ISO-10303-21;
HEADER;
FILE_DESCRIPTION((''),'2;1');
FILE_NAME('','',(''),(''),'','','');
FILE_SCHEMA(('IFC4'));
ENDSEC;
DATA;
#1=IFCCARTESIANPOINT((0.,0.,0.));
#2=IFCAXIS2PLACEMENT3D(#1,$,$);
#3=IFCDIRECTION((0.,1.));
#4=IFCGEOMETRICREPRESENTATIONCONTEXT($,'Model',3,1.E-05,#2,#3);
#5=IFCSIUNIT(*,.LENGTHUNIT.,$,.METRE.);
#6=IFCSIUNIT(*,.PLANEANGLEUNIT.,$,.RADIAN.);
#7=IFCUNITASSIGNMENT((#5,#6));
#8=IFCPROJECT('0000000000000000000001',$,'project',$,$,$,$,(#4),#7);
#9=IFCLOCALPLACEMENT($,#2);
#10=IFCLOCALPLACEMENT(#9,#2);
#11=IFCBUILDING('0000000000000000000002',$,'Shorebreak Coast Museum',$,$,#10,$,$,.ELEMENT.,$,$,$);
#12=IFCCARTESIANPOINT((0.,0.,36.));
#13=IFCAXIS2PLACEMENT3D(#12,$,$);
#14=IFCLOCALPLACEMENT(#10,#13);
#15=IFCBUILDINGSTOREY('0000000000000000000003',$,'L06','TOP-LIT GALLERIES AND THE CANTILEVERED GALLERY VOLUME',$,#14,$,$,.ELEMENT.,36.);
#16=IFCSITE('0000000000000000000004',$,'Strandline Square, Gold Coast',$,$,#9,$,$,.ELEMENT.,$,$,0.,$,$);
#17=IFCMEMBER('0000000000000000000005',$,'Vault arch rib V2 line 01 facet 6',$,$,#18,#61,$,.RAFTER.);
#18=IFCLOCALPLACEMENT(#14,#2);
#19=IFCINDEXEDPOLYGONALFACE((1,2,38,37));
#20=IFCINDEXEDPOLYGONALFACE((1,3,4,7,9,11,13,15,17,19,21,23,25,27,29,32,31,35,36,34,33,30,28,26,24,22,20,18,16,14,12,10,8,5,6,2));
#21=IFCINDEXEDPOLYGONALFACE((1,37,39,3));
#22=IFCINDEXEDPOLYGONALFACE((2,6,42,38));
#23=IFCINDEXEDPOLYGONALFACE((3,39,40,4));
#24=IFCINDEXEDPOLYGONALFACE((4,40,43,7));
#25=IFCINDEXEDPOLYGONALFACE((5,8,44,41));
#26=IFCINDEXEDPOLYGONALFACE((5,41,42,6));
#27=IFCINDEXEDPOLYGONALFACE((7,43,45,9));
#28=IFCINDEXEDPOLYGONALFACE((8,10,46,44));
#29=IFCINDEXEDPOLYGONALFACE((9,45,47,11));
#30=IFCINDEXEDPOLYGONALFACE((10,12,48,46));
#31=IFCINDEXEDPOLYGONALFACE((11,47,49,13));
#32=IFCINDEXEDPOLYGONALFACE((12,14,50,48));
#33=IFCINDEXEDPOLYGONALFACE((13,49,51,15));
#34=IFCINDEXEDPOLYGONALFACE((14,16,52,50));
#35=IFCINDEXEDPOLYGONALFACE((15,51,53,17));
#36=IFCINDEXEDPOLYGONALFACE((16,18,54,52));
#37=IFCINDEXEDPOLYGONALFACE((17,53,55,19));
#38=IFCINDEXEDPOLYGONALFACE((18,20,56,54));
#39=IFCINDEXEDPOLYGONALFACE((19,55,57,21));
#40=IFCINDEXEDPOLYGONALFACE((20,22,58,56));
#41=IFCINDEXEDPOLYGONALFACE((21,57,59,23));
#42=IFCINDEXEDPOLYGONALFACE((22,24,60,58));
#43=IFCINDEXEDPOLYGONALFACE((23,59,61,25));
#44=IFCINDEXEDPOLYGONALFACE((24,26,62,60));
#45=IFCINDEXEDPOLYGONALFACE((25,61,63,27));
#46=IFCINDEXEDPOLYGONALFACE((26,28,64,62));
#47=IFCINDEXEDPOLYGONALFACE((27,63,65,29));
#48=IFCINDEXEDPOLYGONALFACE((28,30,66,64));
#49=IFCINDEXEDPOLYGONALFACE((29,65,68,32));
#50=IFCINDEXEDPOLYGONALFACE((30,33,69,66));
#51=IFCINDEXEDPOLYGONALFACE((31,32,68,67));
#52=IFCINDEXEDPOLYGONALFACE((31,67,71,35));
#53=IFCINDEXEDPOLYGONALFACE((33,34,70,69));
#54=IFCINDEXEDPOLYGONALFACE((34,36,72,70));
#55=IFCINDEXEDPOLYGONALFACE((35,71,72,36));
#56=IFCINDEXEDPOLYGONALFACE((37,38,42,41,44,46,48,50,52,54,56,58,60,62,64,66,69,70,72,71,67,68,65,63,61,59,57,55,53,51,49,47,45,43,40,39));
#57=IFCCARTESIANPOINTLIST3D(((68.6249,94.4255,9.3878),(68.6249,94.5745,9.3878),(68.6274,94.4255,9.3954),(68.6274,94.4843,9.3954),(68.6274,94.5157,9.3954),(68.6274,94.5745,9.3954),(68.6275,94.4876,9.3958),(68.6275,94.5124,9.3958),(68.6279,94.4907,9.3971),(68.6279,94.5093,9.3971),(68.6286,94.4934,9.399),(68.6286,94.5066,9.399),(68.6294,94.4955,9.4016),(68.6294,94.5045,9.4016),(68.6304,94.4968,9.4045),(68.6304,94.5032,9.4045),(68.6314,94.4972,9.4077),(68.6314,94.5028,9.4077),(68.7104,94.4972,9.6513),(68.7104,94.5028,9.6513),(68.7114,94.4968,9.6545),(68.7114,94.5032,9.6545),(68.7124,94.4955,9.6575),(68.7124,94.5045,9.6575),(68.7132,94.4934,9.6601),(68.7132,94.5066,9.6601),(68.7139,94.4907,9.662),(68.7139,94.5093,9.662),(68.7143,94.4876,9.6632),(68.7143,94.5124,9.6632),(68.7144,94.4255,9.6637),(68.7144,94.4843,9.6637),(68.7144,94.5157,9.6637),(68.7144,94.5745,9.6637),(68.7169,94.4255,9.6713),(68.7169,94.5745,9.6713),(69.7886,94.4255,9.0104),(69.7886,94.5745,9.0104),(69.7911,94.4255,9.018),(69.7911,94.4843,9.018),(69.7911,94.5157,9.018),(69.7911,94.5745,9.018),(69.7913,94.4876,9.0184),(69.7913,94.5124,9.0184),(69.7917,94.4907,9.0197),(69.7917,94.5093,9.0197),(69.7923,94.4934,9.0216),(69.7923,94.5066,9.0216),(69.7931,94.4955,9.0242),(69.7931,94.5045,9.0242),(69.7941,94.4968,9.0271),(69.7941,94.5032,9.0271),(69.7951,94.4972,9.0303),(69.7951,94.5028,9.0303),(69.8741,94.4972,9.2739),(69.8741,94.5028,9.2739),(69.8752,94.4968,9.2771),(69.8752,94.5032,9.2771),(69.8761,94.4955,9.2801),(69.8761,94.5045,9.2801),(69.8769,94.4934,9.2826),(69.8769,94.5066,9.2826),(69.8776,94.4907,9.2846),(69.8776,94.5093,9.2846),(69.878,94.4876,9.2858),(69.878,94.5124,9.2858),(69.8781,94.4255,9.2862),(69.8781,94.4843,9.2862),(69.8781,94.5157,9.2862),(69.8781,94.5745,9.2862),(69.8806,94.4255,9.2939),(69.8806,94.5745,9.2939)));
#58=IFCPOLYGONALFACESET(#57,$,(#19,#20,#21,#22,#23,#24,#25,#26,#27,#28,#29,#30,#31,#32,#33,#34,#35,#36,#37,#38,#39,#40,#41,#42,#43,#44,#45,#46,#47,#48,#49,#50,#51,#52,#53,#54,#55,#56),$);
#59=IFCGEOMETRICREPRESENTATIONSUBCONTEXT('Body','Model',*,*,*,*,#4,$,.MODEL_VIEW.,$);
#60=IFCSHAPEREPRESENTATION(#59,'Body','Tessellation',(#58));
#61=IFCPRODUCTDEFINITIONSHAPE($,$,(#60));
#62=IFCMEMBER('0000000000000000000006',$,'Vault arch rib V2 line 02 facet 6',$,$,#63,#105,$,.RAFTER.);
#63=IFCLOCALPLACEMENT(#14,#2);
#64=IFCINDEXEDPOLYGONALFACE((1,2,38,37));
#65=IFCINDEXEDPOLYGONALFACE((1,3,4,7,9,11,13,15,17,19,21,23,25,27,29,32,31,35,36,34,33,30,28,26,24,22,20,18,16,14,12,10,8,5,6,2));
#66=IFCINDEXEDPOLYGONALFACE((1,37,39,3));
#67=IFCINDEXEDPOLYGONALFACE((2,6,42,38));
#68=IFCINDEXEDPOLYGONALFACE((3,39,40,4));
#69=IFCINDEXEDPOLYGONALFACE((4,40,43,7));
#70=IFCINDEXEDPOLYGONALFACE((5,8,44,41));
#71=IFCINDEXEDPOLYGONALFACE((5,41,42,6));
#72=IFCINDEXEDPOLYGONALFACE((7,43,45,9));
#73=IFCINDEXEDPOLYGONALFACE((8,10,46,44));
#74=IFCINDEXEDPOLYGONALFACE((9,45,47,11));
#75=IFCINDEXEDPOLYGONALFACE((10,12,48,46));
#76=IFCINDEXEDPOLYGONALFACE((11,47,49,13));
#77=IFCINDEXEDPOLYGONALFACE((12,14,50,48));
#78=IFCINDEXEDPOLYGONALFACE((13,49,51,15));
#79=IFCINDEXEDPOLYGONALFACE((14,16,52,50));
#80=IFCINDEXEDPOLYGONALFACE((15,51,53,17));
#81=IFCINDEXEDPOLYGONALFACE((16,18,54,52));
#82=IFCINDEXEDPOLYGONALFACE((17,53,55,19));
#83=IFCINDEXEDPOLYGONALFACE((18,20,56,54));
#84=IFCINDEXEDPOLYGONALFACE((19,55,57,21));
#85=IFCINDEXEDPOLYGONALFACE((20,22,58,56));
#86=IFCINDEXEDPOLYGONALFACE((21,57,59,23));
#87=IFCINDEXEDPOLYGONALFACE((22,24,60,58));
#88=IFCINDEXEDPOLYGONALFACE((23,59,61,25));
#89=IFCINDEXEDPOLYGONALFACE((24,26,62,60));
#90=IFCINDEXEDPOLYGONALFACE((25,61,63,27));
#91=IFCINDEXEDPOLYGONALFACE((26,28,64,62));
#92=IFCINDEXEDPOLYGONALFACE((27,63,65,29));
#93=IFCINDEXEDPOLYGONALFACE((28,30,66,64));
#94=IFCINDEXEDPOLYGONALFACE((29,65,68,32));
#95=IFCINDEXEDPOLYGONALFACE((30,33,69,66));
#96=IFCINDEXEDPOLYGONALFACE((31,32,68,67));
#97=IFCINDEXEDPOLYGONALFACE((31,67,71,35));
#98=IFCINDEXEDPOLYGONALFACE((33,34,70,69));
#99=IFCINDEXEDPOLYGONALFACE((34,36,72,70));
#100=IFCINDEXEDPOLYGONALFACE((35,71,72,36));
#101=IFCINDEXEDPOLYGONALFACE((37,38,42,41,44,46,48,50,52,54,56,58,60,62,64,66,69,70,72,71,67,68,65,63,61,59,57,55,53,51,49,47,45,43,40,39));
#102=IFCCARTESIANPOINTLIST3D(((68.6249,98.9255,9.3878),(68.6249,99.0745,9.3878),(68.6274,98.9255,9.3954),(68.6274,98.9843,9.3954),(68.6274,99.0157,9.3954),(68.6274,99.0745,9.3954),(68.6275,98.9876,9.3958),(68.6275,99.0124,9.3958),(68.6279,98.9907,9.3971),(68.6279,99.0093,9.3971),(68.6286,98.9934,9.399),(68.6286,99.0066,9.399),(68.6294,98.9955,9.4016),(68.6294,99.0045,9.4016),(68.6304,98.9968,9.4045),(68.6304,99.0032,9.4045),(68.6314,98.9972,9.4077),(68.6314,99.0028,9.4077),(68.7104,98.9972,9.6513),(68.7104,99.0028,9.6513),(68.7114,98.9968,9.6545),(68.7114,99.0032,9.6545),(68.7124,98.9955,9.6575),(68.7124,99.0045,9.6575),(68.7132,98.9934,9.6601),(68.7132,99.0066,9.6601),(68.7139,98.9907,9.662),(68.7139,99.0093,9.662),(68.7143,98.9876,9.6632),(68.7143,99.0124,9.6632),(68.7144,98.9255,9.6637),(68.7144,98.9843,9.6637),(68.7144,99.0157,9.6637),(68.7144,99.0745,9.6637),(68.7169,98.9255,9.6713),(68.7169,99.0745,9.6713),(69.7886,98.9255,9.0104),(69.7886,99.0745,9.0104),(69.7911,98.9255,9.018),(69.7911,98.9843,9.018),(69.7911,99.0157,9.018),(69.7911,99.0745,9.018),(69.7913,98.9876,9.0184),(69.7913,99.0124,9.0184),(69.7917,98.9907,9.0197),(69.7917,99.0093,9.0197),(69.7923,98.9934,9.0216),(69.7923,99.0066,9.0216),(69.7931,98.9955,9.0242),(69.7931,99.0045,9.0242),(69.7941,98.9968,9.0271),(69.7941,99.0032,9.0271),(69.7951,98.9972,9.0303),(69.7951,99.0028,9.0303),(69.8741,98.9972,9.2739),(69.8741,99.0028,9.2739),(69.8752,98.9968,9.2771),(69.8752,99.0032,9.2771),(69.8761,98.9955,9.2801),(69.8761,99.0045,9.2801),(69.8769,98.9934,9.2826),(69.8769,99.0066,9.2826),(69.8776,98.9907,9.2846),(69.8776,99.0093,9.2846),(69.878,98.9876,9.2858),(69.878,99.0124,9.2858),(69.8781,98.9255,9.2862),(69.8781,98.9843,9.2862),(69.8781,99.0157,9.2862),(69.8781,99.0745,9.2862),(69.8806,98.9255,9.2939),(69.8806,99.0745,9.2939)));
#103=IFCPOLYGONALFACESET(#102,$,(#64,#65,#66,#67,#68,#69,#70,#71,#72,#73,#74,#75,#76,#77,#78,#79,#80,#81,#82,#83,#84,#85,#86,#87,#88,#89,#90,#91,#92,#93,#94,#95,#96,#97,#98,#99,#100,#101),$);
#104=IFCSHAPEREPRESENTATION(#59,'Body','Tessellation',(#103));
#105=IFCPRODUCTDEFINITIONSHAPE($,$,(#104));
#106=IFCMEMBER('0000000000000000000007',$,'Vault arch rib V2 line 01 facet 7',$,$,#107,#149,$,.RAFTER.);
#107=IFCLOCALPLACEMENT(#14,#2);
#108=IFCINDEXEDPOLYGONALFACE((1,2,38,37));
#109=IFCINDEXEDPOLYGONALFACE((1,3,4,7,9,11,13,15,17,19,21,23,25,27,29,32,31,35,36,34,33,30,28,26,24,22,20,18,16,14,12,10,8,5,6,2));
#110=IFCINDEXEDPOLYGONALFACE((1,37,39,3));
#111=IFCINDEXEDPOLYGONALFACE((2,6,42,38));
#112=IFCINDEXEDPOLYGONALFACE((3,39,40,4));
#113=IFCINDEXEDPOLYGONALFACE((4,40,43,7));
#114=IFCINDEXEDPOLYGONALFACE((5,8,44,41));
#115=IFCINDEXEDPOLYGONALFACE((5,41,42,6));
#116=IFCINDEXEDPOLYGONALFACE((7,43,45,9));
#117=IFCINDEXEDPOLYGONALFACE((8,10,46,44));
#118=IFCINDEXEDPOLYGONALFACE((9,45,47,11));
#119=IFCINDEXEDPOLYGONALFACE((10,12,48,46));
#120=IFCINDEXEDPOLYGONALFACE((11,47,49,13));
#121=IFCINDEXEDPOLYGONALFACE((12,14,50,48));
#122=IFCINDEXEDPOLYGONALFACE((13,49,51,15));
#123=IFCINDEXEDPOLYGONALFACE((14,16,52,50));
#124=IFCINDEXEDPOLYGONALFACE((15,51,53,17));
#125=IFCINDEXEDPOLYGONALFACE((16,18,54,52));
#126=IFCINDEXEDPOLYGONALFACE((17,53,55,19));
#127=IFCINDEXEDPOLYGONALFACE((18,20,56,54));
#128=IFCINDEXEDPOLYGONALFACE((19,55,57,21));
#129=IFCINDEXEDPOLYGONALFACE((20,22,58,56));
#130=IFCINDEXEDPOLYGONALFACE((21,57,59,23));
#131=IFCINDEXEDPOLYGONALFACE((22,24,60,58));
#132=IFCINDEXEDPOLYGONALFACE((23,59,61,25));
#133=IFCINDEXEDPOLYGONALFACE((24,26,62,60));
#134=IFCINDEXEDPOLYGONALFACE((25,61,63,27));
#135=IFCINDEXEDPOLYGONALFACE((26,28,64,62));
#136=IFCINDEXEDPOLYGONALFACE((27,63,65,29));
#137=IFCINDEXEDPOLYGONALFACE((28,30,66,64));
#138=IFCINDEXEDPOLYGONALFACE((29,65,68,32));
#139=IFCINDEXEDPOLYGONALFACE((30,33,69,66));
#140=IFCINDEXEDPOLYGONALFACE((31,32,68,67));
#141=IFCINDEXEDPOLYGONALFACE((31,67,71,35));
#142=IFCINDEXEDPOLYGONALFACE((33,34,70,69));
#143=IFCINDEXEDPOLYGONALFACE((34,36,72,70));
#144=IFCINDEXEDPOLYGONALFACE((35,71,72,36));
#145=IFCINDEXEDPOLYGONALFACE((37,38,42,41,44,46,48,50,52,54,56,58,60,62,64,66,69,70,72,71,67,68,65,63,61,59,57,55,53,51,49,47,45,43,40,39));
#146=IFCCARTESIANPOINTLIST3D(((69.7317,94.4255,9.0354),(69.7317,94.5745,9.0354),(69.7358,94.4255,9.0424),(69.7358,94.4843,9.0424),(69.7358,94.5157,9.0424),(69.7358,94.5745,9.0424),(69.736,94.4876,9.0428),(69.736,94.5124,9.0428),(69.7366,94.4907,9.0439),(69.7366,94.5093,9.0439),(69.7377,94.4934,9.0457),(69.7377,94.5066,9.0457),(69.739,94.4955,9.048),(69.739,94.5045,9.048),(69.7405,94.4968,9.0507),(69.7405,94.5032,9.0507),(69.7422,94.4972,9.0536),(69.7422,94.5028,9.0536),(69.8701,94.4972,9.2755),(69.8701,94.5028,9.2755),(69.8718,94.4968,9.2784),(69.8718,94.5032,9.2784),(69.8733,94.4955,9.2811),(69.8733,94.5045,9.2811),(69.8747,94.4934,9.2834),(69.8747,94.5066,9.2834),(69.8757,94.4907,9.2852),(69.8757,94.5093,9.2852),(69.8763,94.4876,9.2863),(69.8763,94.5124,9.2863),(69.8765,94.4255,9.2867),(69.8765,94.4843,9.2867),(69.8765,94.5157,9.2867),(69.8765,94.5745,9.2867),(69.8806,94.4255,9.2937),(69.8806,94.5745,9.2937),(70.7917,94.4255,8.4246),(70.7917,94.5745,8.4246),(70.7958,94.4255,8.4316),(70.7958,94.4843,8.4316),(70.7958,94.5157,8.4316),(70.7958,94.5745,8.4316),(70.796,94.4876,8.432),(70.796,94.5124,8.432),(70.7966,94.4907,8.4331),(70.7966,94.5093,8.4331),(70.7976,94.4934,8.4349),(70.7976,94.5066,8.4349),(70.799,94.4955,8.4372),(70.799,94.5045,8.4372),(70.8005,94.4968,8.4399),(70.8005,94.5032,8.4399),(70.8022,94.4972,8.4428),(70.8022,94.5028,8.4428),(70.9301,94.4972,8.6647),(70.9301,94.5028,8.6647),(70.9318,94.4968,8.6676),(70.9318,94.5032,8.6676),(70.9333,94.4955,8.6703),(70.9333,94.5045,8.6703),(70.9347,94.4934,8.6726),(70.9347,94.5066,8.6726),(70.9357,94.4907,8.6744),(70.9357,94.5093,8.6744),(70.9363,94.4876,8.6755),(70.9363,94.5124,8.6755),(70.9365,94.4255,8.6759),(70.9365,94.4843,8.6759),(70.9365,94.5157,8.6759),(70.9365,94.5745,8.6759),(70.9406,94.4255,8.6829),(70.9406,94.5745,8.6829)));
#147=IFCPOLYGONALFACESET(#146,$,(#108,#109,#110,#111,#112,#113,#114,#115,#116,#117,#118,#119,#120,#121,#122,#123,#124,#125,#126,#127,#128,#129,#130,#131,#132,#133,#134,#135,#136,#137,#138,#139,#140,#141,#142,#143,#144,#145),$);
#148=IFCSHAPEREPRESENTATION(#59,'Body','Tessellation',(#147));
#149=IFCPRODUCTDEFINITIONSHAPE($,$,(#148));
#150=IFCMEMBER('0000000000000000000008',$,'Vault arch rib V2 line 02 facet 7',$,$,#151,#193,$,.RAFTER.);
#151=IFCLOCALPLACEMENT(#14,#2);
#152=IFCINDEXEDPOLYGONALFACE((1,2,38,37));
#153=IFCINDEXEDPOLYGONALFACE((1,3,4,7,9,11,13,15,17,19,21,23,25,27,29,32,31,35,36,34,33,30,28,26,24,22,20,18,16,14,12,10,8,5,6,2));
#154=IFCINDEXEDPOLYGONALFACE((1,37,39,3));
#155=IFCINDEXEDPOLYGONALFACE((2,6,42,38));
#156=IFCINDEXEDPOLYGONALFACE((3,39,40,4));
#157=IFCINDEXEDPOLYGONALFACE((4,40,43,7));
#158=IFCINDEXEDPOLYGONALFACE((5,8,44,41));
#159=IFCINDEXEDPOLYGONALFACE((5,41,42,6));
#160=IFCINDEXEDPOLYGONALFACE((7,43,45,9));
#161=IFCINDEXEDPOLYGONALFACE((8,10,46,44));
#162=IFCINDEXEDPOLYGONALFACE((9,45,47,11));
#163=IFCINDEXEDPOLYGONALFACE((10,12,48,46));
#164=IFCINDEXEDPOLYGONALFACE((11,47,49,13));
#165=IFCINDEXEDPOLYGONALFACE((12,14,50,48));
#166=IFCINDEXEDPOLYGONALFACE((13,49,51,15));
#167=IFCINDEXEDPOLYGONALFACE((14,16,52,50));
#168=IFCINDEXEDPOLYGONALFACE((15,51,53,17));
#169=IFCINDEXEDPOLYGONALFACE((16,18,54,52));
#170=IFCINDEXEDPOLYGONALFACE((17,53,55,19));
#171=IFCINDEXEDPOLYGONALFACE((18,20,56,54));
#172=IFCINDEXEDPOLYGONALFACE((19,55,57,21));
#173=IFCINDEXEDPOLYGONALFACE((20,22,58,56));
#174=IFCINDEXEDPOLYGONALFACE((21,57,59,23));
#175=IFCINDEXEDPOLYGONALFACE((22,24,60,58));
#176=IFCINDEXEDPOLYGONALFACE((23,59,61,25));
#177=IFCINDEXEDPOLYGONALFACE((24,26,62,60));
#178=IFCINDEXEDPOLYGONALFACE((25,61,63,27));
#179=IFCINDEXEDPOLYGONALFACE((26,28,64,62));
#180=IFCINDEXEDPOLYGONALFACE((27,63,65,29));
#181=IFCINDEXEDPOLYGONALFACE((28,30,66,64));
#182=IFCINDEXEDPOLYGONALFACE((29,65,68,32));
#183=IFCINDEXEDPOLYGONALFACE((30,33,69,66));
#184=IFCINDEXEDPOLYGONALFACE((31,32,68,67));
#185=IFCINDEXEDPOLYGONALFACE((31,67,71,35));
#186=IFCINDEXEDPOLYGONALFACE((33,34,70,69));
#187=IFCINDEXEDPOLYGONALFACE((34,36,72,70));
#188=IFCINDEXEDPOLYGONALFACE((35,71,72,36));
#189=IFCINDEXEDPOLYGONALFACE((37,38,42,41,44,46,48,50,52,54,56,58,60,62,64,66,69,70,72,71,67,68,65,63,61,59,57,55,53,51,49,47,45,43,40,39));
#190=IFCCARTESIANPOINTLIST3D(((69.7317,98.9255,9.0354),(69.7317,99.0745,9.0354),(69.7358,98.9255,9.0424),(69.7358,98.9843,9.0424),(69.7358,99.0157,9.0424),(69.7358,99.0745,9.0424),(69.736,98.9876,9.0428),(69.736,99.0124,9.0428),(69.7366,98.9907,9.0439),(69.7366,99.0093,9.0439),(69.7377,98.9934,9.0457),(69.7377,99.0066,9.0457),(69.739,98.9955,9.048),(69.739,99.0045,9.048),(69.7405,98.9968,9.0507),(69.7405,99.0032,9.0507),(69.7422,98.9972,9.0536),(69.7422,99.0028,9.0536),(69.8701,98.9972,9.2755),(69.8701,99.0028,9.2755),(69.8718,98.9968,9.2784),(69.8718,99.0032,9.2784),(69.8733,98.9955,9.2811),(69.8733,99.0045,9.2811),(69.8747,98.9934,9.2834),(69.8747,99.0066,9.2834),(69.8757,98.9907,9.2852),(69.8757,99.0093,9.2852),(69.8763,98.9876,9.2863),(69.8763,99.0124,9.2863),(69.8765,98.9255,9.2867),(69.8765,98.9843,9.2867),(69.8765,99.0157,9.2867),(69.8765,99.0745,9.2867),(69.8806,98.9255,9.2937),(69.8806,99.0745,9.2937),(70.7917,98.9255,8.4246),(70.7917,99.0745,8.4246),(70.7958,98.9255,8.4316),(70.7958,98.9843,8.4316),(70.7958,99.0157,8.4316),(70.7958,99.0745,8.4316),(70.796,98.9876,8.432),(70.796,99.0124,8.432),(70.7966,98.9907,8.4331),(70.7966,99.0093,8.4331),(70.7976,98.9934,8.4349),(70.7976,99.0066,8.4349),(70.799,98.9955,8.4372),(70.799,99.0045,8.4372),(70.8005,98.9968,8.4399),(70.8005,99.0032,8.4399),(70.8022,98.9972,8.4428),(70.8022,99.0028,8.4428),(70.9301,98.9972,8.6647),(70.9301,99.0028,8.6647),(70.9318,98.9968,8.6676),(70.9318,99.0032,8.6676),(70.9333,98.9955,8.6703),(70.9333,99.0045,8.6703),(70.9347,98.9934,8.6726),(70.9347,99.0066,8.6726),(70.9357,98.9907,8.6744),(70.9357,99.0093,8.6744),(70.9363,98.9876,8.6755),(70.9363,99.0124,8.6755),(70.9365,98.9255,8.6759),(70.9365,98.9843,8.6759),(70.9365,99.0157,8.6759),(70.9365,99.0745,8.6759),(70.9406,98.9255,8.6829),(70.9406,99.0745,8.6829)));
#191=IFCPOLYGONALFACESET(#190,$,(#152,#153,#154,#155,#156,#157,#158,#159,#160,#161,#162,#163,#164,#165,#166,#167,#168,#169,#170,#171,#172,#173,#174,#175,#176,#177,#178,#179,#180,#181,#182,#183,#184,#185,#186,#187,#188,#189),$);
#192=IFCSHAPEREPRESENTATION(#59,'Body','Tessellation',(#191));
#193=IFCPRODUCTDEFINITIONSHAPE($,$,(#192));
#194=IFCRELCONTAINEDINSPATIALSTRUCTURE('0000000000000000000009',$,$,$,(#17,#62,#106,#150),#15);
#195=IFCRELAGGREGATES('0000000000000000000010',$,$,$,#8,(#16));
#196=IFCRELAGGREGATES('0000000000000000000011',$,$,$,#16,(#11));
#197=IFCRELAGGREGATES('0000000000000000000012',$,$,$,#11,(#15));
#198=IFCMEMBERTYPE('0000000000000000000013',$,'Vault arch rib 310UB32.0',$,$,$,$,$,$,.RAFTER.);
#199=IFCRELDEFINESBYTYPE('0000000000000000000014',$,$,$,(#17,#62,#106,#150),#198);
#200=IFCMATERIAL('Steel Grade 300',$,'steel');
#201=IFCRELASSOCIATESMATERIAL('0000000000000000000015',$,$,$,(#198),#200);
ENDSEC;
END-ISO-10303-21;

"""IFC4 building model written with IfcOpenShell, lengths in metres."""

from ifc_helpers import new_model, si_unit, direction, frame, origin, origin_2d, place, context, subcontext, project, spatial, i_section, extrude, material, material_profile, profile_set, type_object, element, save


model = new_model("IFC4")

# Units and contexts
model_context = context("Model", 3, precision=1e-05, world=origin(), true_north=direction((0.0, 1.0)))
body_context = subcontext(model_context, "Body", "Model", "MODEL_VIEW")
ifc_project = project(units=[si_unit("LENGTHUNIT", "METRE"), si_unit("PLANEANGLEUNIT", "RADIAN")], contexts=[model_context])

# Site, building, storey
site_placement = place(None, origin())
site = spatial("IfcSite", under=ifc_project, at=site_placement, Name="Strandline Square, Gold Coast", CompositionType="ELEMENT", RefElevation=0.0)
building_placement = place(site_placement, origin())
building = spatial("IfcBuilding", under=site, at=building_placement, Name="Shorebreak Coast Museum", CompositionType="ELEMENT")
storey_placement = place(building_placement, frame((0.0, 0.0, 36.0)))
storey = spatial("IfcBuildingStorey", under=building, at=storey_placement, Name="L06", Description="TOP-LIT GALLERIES AND THE CANTILEVERED GALLERY VOLUME", CompositionType="ELEMENT", Elevation=36.0)

# Members
ifc_material_1 = material(Name="Steel Grade 300", Category="steel")
ifc_material_profile_1 = material_profile(ifc_material_1, i_section(OverallWidth=0.1489, OverallDepth=0.2981, WebThickness=0.0056, FlangeThickness=0.0081, FilletRadius=0.0129, at=origin_2d()), Name="310UB32.0")
ifc_profile_set_1 = profile_set([ifc_material_profile_1], Name="Steel Grade 300")
member_type_1 = type_object("IfcMemberType", Name="Vault arch rib 310UB32.0", PredefinedType="RAFTER", material=ifc_profile_set_1)
for number, where, z_axis, x_axis, name in (
    (1, (68.6709, 94.5, 9.5295), (0.951226, 0.0, -0.308495), (0.0, 1.0, 0.0), "Vault arch rib V2 line 01 facet 6"),
    (2, (68.6709, 99.0, 9.5295), (0.951226, 0.0, -0.308495), (0.0, 1.0, 0.0), "Vault arch rib V2 line 02 facet 6"),
    (3, (69.8062, 94.5, 9.1646), (0.866445, 0.0, -0.499273), (0.0, 1.0, 0.0), "Vault arch rib V2 line 01 facet 7"),
    (4, (69.8062, 99.0, 9.1646), (0.866445, 0.0, -0.499273), (0.0, 1.0, 0.0), "Vault arch rib V2 line 02 facet 7"),
):
    element("IfcMember", number, at=place(storey_placement, frame(where, z_axis=z_axis, x_axis=x_axis)), inside=storey, type_object=member_type_1, Name=name, PredefinedType="RAFTER", context=body_context, shape_type="SweptSolid", body=[
        extrude(i_section(OverallWidth=0.1489, OverallDepth=0.2981, WebThickness=0.0056, FlangeThickness=0.0081, FilletRadius=0.0129, at=origin_2d()), origin(), (0.0, 0.0, 1.0), 1.2234),
    ])

save(model, "model.ifc")
